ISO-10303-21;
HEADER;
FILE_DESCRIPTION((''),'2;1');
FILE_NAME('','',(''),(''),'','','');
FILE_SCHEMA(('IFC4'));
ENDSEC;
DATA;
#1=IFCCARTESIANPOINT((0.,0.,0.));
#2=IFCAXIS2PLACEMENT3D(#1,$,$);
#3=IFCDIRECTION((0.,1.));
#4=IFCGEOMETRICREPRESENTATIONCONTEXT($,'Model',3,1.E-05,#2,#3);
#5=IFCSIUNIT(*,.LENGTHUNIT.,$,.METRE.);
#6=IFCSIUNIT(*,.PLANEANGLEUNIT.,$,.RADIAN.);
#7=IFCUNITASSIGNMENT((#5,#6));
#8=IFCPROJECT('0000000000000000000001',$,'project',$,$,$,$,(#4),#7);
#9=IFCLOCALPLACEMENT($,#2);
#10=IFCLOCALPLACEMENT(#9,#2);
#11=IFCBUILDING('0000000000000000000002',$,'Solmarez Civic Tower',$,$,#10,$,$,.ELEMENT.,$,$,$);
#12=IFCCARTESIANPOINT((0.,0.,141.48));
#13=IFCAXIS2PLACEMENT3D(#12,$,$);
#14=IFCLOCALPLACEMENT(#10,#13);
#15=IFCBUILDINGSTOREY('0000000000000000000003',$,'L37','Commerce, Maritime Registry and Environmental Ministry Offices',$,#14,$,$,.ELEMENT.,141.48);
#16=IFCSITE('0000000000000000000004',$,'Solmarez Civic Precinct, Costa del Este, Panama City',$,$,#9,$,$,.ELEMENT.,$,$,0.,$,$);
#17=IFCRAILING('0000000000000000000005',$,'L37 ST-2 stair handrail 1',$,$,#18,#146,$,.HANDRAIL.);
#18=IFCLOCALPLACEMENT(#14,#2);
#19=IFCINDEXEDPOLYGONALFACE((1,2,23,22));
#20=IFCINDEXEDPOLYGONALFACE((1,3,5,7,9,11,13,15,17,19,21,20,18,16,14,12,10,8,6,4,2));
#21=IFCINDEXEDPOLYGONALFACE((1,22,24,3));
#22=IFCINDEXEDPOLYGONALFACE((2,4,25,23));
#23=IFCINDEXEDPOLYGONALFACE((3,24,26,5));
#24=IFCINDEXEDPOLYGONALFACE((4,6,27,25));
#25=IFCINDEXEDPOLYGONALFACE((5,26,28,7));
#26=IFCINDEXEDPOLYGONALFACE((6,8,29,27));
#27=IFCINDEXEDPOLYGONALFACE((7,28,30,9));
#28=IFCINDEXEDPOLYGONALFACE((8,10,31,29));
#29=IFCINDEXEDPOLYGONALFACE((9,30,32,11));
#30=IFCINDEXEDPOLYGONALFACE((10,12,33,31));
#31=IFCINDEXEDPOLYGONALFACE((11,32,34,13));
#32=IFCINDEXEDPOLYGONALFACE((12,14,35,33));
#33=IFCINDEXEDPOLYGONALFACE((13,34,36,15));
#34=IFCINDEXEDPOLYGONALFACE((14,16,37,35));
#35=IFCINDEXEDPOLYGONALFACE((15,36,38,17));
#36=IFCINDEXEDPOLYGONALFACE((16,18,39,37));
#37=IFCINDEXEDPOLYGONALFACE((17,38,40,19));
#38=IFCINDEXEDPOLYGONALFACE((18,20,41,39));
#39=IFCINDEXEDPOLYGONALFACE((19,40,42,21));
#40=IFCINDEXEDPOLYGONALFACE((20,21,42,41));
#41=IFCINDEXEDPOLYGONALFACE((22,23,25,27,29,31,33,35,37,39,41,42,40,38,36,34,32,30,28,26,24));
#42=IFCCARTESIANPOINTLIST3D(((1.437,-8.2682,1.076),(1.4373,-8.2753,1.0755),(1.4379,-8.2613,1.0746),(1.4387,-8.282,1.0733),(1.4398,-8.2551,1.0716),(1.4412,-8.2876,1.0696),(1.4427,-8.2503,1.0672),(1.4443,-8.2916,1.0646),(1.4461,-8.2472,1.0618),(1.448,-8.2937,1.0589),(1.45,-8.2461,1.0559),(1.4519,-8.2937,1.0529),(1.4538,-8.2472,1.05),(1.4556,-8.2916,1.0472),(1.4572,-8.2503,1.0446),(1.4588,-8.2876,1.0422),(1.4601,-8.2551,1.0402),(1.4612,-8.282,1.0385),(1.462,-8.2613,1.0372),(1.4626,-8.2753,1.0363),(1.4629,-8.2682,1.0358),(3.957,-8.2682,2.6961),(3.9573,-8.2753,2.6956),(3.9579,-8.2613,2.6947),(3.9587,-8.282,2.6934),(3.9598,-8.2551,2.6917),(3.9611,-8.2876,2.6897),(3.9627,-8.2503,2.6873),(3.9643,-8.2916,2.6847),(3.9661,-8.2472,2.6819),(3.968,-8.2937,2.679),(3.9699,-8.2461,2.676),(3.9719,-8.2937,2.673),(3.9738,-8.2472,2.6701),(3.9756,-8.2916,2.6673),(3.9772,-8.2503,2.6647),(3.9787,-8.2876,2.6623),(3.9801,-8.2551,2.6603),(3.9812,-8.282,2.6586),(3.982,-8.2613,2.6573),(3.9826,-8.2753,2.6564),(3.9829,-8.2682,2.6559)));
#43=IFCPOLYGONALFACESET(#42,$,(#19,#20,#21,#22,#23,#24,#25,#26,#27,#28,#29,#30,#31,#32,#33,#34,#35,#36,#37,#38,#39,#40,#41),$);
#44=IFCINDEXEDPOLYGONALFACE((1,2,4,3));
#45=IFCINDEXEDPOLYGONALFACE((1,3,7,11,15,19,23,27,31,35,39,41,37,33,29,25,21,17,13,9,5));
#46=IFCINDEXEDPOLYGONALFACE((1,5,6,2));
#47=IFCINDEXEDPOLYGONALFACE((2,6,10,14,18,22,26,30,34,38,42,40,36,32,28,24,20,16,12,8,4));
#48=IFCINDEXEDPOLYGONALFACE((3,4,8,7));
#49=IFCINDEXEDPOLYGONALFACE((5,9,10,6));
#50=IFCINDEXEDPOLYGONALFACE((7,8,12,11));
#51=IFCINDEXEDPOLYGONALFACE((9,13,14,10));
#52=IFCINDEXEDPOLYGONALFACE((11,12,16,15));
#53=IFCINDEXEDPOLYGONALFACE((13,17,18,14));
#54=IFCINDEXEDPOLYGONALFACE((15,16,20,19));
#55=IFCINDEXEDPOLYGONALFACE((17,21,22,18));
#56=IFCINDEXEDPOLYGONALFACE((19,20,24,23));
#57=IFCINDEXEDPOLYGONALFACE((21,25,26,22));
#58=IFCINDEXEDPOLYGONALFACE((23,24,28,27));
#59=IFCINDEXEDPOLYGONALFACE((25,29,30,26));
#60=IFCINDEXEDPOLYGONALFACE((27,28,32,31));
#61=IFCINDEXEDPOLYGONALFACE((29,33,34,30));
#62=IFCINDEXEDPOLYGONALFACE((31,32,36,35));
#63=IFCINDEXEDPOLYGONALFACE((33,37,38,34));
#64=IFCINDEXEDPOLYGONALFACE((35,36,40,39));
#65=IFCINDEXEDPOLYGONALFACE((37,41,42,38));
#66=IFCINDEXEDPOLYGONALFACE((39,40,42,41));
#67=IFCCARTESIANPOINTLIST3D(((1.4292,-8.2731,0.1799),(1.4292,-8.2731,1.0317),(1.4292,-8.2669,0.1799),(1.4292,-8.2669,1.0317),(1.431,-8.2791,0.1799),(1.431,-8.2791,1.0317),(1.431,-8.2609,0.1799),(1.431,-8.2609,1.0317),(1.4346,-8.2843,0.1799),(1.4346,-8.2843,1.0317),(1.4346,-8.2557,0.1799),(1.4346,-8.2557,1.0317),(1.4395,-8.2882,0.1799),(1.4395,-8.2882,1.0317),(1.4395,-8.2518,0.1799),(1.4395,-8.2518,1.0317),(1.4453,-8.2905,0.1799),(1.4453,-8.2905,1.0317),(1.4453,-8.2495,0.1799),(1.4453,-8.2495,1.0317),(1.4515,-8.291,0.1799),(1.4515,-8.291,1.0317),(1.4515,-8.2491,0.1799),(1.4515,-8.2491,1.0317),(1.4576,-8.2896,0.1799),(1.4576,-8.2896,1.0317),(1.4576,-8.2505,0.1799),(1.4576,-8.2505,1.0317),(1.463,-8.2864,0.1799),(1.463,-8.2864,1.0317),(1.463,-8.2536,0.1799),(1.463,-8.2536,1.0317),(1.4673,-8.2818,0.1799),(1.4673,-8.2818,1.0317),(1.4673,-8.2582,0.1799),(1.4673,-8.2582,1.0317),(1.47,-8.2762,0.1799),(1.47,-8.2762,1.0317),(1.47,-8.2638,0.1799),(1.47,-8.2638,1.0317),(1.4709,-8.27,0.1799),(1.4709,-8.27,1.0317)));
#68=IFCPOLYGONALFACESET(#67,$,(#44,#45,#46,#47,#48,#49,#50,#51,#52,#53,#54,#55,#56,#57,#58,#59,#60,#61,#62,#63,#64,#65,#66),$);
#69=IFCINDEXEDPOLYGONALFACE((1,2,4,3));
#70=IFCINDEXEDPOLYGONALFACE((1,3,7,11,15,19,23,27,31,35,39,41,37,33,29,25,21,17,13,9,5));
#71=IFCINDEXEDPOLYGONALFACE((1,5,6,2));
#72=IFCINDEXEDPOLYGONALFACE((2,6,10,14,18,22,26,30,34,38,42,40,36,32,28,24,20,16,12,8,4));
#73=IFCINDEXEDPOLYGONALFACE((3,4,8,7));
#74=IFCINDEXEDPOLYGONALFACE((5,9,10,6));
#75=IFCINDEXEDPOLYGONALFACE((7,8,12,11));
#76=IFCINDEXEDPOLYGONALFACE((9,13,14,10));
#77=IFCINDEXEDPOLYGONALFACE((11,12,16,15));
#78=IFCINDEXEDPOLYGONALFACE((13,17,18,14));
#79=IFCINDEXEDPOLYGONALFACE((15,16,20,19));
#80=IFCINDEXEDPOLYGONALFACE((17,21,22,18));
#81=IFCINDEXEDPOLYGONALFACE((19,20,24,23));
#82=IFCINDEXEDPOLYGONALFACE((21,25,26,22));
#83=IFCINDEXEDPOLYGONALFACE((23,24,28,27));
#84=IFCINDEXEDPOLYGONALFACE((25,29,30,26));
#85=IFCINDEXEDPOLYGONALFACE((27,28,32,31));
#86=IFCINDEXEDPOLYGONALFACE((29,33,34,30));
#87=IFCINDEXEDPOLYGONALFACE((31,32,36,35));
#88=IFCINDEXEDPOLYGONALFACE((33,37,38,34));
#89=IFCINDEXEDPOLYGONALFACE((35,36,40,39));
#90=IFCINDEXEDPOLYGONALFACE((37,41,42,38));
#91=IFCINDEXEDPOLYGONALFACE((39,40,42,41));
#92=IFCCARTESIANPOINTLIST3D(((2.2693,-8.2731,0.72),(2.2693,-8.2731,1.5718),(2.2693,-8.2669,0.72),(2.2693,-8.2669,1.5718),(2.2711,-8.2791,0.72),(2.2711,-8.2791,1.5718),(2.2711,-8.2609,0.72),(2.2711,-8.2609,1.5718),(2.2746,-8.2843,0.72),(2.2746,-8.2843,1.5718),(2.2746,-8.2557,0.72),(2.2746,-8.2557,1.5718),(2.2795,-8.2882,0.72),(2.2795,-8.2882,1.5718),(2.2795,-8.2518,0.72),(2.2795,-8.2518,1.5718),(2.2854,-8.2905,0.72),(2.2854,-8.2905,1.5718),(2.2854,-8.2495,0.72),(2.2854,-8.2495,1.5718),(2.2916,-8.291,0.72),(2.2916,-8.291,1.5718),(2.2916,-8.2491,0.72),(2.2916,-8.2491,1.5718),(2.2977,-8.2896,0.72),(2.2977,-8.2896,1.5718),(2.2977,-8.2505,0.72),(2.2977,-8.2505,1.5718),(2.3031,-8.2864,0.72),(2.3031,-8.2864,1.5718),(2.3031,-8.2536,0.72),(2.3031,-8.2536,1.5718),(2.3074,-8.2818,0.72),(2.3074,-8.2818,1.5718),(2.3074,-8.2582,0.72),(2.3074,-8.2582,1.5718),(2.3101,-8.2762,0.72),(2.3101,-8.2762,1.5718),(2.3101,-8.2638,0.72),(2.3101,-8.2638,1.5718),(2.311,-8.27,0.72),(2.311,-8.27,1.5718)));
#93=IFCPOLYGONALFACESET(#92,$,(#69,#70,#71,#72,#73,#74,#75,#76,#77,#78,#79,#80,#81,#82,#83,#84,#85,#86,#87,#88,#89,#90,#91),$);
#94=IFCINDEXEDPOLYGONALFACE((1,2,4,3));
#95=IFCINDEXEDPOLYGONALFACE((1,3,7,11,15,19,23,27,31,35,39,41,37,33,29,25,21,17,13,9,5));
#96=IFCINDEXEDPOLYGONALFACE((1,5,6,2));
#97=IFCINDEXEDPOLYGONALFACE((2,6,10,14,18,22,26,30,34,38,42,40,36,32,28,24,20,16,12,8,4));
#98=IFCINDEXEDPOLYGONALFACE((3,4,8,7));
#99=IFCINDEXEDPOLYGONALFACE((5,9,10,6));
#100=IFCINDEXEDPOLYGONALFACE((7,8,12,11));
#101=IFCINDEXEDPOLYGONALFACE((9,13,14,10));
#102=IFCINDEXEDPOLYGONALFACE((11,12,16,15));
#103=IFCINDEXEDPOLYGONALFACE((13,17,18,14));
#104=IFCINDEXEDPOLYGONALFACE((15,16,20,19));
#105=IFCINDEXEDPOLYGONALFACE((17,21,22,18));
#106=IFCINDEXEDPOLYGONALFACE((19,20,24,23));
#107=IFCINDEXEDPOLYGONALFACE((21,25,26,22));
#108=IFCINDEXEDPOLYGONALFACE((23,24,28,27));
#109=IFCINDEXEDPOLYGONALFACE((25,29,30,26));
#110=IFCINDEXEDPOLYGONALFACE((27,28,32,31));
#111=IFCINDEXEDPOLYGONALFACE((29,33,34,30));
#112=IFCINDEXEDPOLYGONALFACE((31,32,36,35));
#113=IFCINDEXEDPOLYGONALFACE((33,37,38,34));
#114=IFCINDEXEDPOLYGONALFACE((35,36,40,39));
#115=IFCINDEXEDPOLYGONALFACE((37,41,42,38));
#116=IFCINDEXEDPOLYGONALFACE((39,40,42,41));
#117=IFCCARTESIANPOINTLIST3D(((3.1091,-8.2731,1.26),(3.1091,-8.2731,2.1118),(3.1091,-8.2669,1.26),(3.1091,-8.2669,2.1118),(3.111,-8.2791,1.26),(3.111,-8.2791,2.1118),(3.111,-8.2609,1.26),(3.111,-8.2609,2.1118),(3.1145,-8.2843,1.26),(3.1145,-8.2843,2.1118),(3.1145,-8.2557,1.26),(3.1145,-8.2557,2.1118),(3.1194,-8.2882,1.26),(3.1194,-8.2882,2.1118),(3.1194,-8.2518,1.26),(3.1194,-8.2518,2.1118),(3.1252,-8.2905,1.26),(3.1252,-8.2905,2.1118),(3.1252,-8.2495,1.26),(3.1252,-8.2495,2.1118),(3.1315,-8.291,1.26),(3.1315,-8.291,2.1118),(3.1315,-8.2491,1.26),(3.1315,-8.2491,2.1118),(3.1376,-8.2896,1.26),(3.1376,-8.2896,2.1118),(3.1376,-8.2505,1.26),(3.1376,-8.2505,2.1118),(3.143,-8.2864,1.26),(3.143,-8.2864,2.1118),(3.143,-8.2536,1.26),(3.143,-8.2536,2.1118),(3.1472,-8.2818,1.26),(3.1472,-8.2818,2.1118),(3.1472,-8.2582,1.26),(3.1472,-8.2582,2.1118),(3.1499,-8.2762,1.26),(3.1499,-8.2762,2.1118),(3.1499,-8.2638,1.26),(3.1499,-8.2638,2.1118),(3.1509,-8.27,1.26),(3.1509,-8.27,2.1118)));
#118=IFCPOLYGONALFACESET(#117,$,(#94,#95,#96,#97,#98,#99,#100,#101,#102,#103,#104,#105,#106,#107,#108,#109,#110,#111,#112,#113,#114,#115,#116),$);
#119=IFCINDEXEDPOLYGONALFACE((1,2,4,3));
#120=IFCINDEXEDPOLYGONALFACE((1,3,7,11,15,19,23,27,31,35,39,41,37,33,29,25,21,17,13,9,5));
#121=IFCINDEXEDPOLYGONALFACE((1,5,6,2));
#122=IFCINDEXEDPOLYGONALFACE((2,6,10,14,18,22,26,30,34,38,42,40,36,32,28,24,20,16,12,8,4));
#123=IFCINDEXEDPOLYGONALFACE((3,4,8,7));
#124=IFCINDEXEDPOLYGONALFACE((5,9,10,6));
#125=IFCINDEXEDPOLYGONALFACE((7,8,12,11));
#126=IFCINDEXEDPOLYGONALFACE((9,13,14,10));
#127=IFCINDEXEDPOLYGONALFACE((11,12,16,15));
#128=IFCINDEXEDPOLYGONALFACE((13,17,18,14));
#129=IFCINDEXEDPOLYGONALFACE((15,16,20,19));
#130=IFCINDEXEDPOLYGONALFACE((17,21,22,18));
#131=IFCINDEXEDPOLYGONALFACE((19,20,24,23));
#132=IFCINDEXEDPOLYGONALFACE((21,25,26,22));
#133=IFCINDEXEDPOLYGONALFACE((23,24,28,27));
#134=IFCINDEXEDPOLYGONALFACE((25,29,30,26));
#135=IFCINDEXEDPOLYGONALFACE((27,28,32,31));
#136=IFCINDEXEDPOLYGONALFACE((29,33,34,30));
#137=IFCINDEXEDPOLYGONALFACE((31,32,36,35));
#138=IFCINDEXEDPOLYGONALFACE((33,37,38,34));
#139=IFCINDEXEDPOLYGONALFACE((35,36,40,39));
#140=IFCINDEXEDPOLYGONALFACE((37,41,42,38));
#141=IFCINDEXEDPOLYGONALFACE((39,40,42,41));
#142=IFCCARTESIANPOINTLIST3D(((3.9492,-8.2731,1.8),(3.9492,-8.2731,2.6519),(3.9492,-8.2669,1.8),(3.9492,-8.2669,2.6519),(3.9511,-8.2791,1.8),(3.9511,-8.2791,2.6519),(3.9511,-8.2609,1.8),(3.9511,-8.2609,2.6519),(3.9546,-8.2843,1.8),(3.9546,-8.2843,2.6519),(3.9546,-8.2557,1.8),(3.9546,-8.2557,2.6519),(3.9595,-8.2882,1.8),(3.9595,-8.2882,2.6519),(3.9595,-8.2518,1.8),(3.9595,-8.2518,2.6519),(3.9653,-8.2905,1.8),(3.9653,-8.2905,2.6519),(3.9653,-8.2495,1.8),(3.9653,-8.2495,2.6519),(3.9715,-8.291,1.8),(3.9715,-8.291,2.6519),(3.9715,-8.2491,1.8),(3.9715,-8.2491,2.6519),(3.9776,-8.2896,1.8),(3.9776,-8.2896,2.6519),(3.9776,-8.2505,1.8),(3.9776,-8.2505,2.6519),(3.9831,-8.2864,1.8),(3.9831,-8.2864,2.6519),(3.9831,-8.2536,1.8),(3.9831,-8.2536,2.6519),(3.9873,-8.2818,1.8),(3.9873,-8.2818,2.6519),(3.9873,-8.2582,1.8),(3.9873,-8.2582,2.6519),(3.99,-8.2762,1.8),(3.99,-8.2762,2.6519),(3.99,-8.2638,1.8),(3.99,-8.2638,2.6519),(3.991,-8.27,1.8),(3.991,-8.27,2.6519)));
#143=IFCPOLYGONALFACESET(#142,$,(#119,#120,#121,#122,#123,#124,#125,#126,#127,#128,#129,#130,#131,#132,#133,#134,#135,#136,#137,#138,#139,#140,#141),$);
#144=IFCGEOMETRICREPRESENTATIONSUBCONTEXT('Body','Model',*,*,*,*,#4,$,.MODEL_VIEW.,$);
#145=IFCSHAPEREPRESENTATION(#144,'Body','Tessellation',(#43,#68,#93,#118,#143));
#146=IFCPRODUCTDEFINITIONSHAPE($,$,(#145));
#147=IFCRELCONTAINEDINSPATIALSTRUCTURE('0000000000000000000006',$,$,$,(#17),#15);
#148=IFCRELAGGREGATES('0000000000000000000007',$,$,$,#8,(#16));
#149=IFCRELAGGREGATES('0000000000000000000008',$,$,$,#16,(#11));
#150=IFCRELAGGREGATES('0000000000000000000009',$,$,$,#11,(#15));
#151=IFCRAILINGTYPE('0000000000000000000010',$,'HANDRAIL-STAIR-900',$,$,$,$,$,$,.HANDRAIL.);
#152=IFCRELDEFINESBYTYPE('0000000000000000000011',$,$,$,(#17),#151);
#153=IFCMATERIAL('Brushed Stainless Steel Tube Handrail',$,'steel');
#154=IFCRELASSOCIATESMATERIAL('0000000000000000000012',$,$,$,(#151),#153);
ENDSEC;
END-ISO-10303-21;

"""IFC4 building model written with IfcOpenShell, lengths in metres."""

from ifc_helpers import new_model, si_unit, direction, frame, origin, origin_2d, place, context, subcontext, project, spatial, circle, extrude, material, type_object, element, save


model = new_model("IFC4")

# Units and contexts
model_context = context("Model", 3, precision=1e-05, world=origin(), true_north=direction((0.0, 1.0)))
body_context = subcontext(model_context, "Body", "Model", "MODEL_VIEW")
ifc_project = project(units=[si_unit("LENGTHUNIT", "METRE"), si_unit("PLANEANGLEUNIT", "RADIAN")], contexts=[model_context])

# Site, building, storey
site_placement = place(None, origin())
site = spatial("IfcSite", under=ifc_project, at=site_placement, Name="Solmarez Civic Precinct, Costa del Este, Panama City", CompositionType="ELEMENT", RefElevation=0.0)
building_placement = place(site_placement, origin())
building = spatial("IfcBuilding", under=site, at=building_placement, Name="Solmarez Civic Tower", CompositionType="ELEMENT")
storey_placement = place(building_placement, frame((0.0, 0.0, 141.48)))
storey = spatial("IfcBuildingStorey", under=building, at=storey_placement, Name="L37", Description="Commerce, Maritime Registry and Environmental Ministry Offices", CompositionType="ELEMENT", Elevation=141.48)

# Railing
ifc_material_1 = material(Name="Brushed Stainless Steel Tube Handrail", Category="steel")
railing_type_1 = type_object("IfcRailingType", Name="HANDRAIL-STAIR-900", PredefinedType="HANDRAIL", material=ifc_material_1)
railing_1_placement = place(storey_placement, frame((1.45, -8.27, 0.1799)))
element("IfcRailing", 1, at=railing_1_placement, inside=storey, type_object=railing_type_1, Name="L37 ST-2 stair handrail 1", PredefinedType="HANDRAIL", context=body_context, shape_type="SweptSolid", body=[
    extrude(circle(Radius=0.0239, at=origin_2d()), frame((0.0, 0.0, 0.876), z_axis=(0.841163, 0.0, 0.540782), x_axis=(0.0, 1.0, 0.0)), (0.0, 0.0, 1.0), 2.9958),
    extrude(circle(Radius=0.021, at=origin_2d()), origin(), (0.0, 0.0, 1.0), 0.8518),
    extrude(circle(Radius=0.021, at=origin_2d()), frame((0.8401, 0.0, 0.54)), (0.0, 0.0, 1.0), 0.8518),
    extrude(circle(Radius=0.021, at=origin_2d()), frame((1.6799, 0.0, 1.0801)), (0.0, 0.0, 1.0), 0.8518),
    extrude(circle(Radius=0.021, at=origin_2d()), frame((2.52, 0.0, 1.6201)), (0.0, 0.0, 1.0), 0.8518),
])

save(model, "model.ifc")
